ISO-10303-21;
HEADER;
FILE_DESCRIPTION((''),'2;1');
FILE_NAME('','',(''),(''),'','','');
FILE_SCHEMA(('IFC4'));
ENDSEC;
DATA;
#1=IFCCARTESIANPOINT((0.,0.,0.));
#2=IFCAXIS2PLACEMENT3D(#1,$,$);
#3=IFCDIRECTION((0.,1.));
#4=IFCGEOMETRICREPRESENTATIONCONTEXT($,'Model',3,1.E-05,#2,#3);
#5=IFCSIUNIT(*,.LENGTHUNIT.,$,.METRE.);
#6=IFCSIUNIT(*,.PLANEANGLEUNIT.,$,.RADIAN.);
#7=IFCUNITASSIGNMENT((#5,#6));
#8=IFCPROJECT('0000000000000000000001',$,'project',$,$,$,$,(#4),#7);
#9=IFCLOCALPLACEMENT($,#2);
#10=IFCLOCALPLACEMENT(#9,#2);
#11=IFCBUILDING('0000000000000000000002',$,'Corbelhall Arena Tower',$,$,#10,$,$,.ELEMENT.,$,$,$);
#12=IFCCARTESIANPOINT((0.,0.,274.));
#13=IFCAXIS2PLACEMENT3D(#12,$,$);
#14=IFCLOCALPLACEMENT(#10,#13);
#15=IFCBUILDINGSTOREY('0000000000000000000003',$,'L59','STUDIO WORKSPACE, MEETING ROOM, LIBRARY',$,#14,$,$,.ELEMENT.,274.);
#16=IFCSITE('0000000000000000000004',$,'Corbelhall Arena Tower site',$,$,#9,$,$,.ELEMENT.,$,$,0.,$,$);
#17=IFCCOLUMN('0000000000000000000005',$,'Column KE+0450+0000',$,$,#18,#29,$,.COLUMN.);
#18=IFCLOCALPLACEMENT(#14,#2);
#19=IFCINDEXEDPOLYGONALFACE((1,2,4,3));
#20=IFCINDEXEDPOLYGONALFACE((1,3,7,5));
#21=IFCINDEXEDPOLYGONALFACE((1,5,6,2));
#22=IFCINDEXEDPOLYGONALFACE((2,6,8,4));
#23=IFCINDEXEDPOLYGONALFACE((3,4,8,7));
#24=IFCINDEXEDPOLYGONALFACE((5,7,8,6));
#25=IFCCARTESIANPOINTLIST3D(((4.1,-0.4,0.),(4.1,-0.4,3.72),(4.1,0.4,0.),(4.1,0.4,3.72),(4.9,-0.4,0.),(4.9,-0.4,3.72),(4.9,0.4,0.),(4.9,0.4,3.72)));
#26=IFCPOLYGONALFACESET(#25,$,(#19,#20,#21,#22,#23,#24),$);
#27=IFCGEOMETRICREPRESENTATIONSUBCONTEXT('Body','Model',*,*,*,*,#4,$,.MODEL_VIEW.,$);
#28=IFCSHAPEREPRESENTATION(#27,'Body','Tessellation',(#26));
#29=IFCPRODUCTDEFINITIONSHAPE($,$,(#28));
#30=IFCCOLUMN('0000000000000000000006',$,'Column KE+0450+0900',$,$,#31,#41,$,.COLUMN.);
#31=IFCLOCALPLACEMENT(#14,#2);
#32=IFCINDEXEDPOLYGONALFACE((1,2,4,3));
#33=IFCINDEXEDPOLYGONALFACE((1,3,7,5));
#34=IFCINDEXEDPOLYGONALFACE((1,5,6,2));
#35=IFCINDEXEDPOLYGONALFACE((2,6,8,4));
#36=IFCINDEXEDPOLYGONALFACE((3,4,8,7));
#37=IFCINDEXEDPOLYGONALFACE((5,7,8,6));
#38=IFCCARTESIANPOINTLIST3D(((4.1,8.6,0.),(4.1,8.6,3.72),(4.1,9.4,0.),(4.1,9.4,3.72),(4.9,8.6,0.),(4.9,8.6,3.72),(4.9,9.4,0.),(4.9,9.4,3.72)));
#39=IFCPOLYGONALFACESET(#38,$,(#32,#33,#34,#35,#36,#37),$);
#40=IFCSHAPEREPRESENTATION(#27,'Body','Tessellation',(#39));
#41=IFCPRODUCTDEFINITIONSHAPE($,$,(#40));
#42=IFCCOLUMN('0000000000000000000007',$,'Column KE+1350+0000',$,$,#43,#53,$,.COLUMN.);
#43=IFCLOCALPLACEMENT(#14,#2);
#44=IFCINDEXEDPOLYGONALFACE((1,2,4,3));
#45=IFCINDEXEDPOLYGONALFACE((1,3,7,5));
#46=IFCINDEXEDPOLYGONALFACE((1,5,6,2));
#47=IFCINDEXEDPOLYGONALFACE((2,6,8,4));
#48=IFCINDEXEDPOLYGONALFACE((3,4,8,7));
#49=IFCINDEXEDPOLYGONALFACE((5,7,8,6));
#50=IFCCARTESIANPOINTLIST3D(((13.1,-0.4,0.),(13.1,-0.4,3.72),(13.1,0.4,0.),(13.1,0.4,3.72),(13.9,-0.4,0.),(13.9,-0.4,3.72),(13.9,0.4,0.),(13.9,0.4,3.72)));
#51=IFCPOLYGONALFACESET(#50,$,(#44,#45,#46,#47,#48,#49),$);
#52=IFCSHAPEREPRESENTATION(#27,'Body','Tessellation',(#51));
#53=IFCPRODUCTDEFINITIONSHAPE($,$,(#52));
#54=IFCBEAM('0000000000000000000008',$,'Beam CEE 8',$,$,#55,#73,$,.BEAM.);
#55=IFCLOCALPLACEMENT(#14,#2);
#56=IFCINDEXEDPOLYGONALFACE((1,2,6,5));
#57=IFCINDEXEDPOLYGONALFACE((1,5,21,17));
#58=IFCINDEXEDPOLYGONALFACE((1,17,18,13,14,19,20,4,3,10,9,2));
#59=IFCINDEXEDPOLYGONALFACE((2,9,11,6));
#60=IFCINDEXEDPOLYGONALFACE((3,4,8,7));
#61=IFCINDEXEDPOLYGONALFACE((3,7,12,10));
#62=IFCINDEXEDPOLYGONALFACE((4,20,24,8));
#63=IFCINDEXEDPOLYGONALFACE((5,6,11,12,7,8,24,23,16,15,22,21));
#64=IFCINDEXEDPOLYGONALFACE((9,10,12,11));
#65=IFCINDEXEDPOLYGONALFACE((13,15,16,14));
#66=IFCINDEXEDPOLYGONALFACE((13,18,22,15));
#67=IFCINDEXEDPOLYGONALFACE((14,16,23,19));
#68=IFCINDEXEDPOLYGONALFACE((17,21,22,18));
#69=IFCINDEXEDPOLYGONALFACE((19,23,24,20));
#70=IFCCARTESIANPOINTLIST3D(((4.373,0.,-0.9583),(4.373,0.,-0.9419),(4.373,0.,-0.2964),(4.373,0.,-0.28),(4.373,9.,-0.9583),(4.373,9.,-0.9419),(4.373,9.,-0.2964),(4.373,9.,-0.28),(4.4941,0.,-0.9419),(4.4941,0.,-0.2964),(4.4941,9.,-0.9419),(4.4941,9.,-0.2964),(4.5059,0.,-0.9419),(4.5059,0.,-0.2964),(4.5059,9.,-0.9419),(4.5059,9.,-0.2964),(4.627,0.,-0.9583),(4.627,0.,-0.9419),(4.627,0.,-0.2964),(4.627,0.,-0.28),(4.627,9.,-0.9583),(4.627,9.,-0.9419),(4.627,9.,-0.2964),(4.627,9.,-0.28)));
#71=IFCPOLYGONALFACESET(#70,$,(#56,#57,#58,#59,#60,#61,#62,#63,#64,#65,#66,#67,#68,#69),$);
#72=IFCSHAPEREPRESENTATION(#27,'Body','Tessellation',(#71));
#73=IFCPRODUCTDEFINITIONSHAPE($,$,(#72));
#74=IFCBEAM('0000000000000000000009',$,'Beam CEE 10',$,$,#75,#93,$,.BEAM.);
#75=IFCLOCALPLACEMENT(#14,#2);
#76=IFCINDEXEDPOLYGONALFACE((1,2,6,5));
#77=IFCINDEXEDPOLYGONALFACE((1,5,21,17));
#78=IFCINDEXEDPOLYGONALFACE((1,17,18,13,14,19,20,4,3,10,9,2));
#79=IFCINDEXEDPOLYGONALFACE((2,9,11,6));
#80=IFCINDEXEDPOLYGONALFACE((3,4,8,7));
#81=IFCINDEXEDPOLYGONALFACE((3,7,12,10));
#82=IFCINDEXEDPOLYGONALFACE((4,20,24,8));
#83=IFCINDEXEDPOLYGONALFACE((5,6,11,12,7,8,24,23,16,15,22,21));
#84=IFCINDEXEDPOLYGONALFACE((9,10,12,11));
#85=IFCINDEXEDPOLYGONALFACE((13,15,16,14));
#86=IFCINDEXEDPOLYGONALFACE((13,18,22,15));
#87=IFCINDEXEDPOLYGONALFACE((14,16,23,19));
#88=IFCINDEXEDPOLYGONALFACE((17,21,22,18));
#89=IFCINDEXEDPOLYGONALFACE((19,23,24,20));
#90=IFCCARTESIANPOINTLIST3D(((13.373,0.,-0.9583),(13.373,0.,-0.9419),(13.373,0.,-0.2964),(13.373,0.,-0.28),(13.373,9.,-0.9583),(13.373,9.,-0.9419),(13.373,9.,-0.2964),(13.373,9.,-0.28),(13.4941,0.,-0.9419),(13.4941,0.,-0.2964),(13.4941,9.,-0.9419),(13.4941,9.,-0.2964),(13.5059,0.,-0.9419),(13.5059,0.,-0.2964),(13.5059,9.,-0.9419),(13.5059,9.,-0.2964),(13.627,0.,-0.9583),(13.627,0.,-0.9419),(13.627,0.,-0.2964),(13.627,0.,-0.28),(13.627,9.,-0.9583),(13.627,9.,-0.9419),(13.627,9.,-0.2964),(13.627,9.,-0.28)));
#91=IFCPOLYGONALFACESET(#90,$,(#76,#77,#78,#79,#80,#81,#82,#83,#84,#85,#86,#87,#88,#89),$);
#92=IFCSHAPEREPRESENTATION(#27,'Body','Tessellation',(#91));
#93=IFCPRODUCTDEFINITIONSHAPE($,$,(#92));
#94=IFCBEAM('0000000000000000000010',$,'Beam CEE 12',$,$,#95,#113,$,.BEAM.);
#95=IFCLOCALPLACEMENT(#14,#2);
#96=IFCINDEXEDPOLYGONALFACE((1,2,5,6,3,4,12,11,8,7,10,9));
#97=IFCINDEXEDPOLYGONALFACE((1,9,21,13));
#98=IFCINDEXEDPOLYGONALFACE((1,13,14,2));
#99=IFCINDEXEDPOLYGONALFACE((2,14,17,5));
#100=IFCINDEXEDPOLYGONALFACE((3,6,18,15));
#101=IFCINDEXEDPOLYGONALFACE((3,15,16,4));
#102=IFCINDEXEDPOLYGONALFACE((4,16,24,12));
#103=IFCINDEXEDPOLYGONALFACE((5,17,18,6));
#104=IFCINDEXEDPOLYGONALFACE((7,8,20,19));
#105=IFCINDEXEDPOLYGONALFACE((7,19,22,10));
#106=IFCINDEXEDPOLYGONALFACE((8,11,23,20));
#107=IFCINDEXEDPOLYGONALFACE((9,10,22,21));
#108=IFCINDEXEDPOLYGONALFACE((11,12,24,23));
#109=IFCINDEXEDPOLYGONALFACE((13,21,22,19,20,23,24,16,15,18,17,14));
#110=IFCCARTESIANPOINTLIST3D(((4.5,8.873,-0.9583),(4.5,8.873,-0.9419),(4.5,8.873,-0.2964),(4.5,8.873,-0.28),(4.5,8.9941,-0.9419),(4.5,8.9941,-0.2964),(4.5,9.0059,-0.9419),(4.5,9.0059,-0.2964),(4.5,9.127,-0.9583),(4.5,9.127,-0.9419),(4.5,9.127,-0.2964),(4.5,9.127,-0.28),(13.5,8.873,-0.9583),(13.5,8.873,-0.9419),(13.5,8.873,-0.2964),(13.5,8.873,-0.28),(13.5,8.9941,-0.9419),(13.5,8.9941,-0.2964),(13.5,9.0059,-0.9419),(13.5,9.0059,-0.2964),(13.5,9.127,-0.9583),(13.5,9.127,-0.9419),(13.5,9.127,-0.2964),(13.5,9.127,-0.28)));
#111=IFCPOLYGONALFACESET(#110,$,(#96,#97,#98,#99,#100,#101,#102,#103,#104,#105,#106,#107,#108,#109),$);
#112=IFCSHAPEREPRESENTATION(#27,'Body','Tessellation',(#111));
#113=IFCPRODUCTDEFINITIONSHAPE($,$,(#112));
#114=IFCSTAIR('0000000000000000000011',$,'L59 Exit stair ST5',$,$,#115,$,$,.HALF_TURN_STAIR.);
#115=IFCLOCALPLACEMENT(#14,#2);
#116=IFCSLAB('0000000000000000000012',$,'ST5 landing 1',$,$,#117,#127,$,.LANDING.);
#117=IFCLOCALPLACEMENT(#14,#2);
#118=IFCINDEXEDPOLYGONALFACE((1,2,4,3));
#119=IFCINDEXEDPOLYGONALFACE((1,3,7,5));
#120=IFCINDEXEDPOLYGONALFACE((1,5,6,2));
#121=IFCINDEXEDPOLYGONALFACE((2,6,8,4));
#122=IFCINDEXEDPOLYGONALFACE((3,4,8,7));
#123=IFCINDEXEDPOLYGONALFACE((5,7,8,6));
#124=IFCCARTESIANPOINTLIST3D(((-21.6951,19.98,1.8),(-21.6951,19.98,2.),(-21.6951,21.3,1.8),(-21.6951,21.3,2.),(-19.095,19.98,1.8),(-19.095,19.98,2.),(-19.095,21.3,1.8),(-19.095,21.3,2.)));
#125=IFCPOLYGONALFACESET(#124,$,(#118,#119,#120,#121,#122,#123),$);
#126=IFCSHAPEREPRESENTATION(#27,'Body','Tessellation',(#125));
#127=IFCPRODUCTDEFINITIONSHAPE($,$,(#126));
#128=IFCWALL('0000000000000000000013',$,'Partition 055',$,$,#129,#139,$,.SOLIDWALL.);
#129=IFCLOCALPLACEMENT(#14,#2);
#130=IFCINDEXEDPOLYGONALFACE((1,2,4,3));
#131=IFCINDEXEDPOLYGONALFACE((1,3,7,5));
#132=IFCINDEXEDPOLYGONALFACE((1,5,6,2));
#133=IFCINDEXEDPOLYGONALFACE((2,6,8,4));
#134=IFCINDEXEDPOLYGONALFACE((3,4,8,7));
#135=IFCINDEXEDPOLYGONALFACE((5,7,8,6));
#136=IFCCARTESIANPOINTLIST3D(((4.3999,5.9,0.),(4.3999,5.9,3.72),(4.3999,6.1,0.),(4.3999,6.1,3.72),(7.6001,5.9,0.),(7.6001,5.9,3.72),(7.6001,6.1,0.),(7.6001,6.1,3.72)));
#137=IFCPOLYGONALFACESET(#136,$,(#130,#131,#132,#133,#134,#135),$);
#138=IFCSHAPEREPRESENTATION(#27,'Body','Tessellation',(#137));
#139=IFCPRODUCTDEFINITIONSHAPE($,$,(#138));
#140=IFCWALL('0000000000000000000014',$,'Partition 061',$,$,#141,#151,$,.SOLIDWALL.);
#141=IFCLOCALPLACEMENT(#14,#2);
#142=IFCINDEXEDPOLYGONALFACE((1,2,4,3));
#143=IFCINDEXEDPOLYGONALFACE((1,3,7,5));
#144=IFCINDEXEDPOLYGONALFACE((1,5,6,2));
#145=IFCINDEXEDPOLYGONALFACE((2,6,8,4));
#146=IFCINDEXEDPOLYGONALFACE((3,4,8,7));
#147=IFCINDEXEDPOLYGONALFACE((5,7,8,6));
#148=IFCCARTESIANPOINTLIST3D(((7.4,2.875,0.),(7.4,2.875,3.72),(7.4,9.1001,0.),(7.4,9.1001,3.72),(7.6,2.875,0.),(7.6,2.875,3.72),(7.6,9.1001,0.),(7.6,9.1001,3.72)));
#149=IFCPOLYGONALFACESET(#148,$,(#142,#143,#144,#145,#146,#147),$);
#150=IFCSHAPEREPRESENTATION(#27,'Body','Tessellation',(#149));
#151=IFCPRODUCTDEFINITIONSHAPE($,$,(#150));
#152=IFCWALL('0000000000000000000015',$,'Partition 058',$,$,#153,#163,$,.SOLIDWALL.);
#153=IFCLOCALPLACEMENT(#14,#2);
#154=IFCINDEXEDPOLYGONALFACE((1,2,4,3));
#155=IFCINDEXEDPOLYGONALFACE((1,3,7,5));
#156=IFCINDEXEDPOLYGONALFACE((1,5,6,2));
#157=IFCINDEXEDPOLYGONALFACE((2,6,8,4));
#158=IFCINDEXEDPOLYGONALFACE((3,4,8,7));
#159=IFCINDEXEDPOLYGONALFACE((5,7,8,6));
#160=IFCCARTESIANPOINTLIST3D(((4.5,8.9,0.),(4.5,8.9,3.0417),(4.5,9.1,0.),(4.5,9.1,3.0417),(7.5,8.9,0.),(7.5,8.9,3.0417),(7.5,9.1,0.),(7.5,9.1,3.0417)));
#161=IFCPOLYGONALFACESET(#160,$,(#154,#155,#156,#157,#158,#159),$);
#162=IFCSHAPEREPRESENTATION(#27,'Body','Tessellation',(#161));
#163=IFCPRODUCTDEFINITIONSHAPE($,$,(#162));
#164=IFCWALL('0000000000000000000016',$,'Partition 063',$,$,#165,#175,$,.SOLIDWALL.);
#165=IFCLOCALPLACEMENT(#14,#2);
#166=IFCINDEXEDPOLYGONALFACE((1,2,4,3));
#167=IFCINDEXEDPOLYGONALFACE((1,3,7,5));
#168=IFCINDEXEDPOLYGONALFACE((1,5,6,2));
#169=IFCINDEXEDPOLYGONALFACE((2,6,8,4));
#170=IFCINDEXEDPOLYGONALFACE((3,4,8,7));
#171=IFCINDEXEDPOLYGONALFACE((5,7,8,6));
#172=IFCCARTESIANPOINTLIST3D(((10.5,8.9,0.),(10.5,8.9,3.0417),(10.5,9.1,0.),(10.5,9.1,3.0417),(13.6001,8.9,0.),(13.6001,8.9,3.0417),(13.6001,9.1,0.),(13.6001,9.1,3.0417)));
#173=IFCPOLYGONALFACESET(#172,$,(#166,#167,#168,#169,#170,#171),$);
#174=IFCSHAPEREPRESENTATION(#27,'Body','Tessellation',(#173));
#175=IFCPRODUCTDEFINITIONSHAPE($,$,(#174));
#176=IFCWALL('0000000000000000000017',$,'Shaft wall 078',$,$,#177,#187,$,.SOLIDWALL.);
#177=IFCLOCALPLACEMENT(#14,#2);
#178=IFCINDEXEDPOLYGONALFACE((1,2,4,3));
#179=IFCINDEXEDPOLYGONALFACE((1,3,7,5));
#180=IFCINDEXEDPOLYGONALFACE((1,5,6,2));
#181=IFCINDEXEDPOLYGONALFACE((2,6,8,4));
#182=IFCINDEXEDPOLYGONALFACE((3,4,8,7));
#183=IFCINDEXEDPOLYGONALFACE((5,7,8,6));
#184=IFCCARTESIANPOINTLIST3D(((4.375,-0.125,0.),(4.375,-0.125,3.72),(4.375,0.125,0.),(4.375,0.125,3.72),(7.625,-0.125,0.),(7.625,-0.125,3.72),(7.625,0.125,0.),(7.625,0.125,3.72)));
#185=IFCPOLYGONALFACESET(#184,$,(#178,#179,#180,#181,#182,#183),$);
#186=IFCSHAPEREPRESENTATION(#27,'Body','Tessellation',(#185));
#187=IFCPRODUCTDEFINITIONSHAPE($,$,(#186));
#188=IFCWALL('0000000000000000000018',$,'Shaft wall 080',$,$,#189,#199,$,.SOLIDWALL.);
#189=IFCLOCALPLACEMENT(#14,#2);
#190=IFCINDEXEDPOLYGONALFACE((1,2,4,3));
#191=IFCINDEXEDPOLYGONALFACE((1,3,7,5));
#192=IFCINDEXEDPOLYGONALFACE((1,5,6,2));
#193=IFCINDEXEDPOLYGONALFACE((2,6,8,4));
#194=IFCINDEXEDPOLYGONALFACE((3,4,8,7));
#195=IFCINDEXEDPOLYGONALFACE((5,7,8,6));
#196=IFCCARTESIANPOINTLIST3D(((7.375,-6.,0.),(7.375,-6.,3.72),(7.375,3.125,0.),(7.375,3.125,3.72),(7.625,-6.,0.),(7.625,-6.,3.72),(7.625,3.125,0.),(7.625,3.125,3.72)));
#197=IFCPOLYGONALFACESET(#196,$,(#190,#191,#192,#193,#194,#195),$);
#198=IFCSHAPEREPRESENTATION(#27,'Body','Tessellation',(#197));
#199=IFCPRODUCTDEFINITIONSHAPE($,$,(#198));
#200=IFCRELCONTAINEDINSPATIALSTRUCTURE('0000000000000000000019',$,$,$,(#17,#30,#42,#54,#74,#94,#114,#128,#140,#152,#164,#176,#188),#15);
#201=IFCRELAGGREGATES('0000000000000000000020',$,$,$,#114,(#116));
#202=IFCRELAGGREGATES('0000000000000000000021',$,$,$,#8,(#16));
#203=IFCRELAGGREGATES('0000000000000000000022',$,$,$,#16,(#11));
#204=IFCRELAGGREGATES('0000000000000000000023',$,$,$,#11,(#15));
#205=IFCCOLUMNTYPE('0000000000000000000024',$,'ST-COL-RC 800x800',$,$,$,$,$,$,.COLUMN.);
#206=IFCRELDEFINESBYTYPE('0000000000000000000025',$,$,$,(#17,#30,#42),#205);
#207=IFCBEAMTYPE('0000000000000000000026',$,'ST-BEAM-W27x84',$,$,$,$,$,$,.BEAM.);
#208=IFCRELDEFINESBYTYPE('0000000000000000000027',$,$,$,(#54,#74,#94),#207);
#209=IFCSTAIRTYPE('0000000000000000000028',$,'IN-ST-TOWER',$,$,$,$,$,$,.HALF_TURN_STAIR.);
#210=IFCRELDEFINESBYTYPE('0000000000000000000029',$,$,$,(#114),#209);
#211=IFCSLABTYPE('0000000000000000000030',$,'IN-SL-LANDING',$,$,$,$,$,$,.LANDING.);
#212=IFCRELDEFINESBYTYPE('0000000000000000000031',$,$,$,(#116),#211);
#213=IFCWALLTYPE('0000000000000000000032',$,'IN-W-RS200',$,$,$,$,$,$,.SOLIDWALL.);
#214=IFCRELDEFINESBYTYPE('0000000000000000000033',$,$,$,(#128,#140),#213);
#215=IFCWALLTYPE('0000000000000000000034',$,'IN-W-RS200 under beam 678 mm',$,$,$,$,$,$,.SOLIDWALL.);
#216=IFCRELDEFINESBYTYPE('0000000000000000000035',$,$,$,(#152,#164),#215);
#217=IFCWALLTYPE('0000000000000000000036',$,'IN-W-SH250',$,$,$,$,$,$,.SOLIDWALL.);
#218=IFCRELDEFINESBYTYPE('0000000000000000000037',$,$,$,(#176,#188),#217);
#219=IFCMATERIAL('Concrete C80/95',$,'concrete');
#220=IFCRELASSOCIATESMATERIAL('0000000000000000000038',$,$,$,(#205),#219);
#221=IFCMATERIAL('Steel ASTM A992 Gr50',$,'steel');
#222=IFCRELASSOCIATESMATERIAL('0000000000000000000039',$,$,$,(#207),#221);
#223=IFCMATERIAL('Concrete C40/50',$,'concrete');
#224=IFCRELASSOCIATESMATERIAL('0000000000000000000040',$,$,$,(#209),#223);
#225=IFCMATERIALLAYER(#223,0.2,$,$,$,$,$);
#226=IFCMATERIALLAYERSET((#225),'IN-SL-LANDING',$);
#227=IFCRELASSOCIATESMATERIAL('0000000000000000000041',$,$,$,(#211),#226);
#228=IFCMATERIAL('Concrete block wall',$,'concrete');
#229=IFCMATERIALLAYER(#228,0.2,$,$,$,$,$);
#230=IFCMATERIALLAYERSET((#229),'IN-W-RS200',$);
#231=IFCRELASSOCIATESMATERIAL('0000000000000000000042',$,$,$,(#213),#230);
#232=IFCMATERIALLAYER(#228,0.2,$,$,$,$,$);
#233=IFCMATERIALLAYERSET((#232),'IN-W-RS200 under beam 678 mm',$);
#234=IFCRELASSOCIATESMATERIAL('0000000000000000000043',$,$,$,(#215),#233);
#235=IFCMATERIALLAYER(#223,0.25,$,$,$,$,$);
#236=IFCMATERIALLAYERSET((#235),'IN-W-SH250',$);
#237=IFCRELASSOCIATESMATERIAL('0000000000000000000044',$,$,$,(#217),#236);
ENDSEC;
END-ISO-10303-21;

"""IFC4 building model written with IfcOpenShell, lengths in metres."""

from ifc_helpers import new_model, si_unit, direction, frame, frame_2d, origin, origin_2d, place, context, subcontext, project, spatial, polyline, rectangle, i_section, outline, extrude, material, layer, layer_set, material_profile, profile_set, type_object, element, aggregate, save


model = new_model("IFC4")

# Units and contexts
model_context = context("Model", 3, precision=1e-05, world=origin(), true_north=direction((0.0, 1.0)))
body_context = subcontext(model_context, "Body", "Model", "MODEL_VIEW")
ifc_project = project(units=[si_unit("LENGTHUNIT", "METRE"), si_unit("PLANEANGLEUNIT", "RADIAN")], contexts=[model_context])

# Site, building, storey
site_placement = place(None, origin())
site = spatial("IfcSite", under=ifc_project, at=site_placement, Name="Corbelhall Arena Tower site", CompositionType="ELEMENT", RefElevation=0.0)
building_placement = place(site_placement, origin())
building = spatial("IfcBuilding", under=site, at=building_placement, Name="Corbelhall Arena Tower", CompositionType="ELEMENT")
storey_placement = place(building_placement, frame((0.0, 0.0, 274.0)))
storey = spatial("IfcBuildingStorey", under=building, at=storey_placement, Name="L59", Description="STUDIO WORKSPACE, MEETING ROOM, LIBRARY", CompositionType="ELEMENT", Elevation=274.0)

# Columns
ifc_material_1 = material(Name="Concrete C80/95", Category="concrete")
ifc_material_profile_1 = material_profile(ifc_material_1, rectangle(XDim=0.8, YDim=0.8, at=origin_2d()))
ifc_profile_set_1 = profile_set([ifc_material_profile_1], Name="Concrete C80/95")
column_type = type_object("IfcColumnType", Name="ST-COL-RC 800x800", PredefinedType="COLUMN", material=ifc_profile_set_1)
for number, where, z_axis, x_axis, name in (
    (1, (4.5, 0.0, 0.0), (0.0, 0.0, 1.0), (1.0, 0.0, 0.0), "Column KE+0450+0000"),
    (2, (4.5, 9.0, 0.0), (0.0, 0.0, 1.0), (1.0, 0.0, 0.0), "Column KE+0450+0900"),
    (3, (13.5, 0.0, 0.0), (0.0, 0.0, 1.0), (1.0, 0.0, 0.0), "Column KE+1350+0000"),
):
    element("IfcColumn", number, at=place(storey_placement, frame(where, z_axis=z_axis, x_axis=x_axis)), inside=storey, type_object=column_type, Name=name, PredefinedType="COLUMN", context=body_context, shape_type="SweptSolid", body=[
        extrude(rectangle(XDim=0.8, YDim=0.8, at=origin_2d()), origin(), (0.0, 0.0, 1.0), 3.72),
    ])

# Beams
ifc_material_2 = material(Name="Steel ASTM A992 Gr50", Category="steel")
ifc_material_profile_2 = material_profile(ifc_material_2, i_section(OverallWidth=0.2539, OverallDepth=0.6782, WebThickness=0.0117, FlangeThickness=0.0164, at=origin_2d()))
ifc_profile_set_2 = profile_set([ifc_material_profile_2], Name="Steel ASTM A992 Gr50")
beam_type = type_object("IfcBeamType", Name="ST-BEAM-W27x84", PredefinedType="BEAM", material=ifc_profile_set_2)
for number, where, z_axis, x_axis, name in (
    (4, (4.5, 0.0, -0.6191), (0.0, 1.0, 0.0), (-1.0, 0.0, 0.0), "Beam CEE 8"),
    (5, (13.5, 0.0, -0.6191), (0.0, 1.0, 0.0), (-1.0, 0.0, 0.0), "Beam CEE 10"),
    (6, (4.5, 9.0, -0.6191), (1.0, 0.0, 0.0), (0.0, 1.0, 0.0), "Beam CEE 12"),
):
    element("IfcBeam", number, at=place(storey_placement, frame(where, z_axis=z_axis, x_axis=x_axis)), inside=storey, type_object=beam_type, Name=name, PredefinedType="BEAM", context=body_context, shape_type="SweptSolid", body=[
        extrude(i_section(OverallWidth=0.2539, OverallDepth=0.6782, WebThickness=0.0117, FlangeThickness=0.0164, at=origin_2d()), origin(), (0.0, 0.0, 1.0), 9.0),
    ])

# Stair, slab
ifc_material_3 = material(Name="Concrete C40/50", Category="concrete")
stair_type = type_object("IfcStairType", Name="IN-ST-TOWER", PredefinedType="HALF_TURN_STAIR", material=ifc_material_3)
stair_placement = place(storey_placement, origin())
stair = element("IfcStair", 7, at=stair_placement, inside=storey, type_object=stair_type, Name="L59 Exit stair ST5", PredefinedType="HALF_TURN_STAIR")
ifc_layer_1 = layer(ifc_material_3, 0.2)
ifc_layer_set_1 = layer_set([ifc_layer_1], Name="IN-SL-LANDING")
slab_type = type_object("IfcSlabType", Name="IN-SL-LANDING", PredefinedType="LANDING", material=ifc_layer_set_1)
slab_placement = place(storey_placement, frame((0.0, 0.0, 1.8)))
slab = element("IfcSlab", 8, at=slab_placement, type_object=slab_type, Name="ST5 landing 1", PredefinedType="LANDING", context=body_context, shape_type="SweptSolid", body=[
    extrude(outline(polyline([(-19.095, 19.98), (-19.095, 21.3), (-21.6951, 21.3), (-21.6951, 19.98), (-19.095, 19.98)])), origin(), (0.0, 0.0, 1.0), 0.2),
])
aggregate(stair, [slab])

# Walls
ifc_material_4 = material(Name="Concrete block wall", Category="concrete")
ifc_layer_2 = layer(ifc_material_4, 0.2)
ifc_layer_set_2 = layer_set([ifc_layer_2], Name="IN-W-RS200")
wall_type_1 = type_object("IfcWallType", Name="IN-W-RS200", PredefinedType="SOLIDWALL", material=ifc_layer_set_2)
wall_1_placement = place(storey_placement, frame((4.3999, 6.0, 0.0), z_axis=(0.0, 0.0, 1.0), x_axis=(1.0, 0.0, 0.0)))
element("IfcWall", 9, at=wall_1_placement, inside=storey, type_object=wall_type_1, Name="Partition 055", PredefinedType="SOLIDWALL", context=body_context, shape_type="SweptSolid", body=[
    extrude(rectangle(XDim=3.2002, YDim=0.2, at=frame_2d((1.6001, 0.0))), origin(), (0.0, 0.0, 1.0), 3.72),
])
wall_2_placement = place(storey_placement, frame((7.5, 9.1001, 0.0), z_axis=(0.0, 0.0, 1.0), x_axis=(0.0, -1.0, 0.0)))
element("IfcWall", 10, at=wall_2_placement, inside=storey, type_object=wall_type_1, Name="Partition 061", PredefinedType="SOLIDWALL", context=body_context, shape_type="SweptSolid", body=[
    extrude(rectangle(XDim=6.2251, YDim=0.2, at=frame_2d((3.1125, 0.0))), origin(), (0.0, 0.0, 1.0), 3.72),
])

# Shared definitions
ifc_layer_3 = layer(ifc_material_4, 0.2)
ifc_layer_set_3 = layer_set([ifc_layer_3], Name="IN-W-RS200 under beam 678 mm")
wall_type_2 = type_object("IfcWallType", Name="IN-W-RS200 under beam 678 mm", PredefinedType="SOLIDWALL", material=ifc_layer_set_3)

# Walls
wall_3_placement = place(storey_placement, frame((4.5, 9.0, 0.0), z_axis=(0.0, 0.0, 1.0), x_axis=(1.0, 0.0, 0.0)))
element("IfcWall", 11, at=wall_3_placement, inside=storey, type_object=wall_type_2, Name="Partition 058", PredefinedType="SOLIDWALL", context=body_context, shape_type="SweptSolid", body=[
    extrude(rectangle(XDim=3.0, YDim=0.2, at=frame_2d((1.5, 0.0))), origin(), (0.0, 0.0, 1.0), 3.0417),
])
wall_4_placement = place(storey_placement, frame((10.5, 9.0, 0.0), z_axis=(0.0, 0.0, 1.0), x_axis=(1.0, 0.0, 0.0)))
element("IfcWall", 12, at=wall_4_placement, inside=storey, type_object=wall_type_2, Name="Partition 063", PredefinedType="SOLIDWALL", context=body_context, shape_type="SweptSolid", body=[
    extrude(rectangle(XDim=3.1001, YDim=0.2, at=frame_2d((1.55, 0.0))), origin(), (0.0, 0.0, 1.0), 3.0417),
])
ifc_layer_4 = layer(ifc_material_3, 0.25)
ifc_layer_set_4 = layer_set([ifc_layer_4], Name="IN-W-SH250")
wall_type_3 = type_object("IfcWallType", Name="IN-W-SH250", PredefinedType="SOLIDWALL", material=ifc_layer_set_4)
wall_5_placement = place(storey_placement, frame((4.375, 0.0, 0.0), z_axis=(0.0, 0.0, 1.0), x_axis=(1.0, 0.0, 0.0)))
element("IfcWall", 13, at=wall_5_placement, inside=storey, type_object=wall_type_3, Name="Shaft wall 078", PredefinedType="SOLIDWALL", context=body_context, shape_type="SweptSolid", body=[
    extrude(rectangle(XDim=3.25, YDim=0.25, at=frame_2d((1.625, 0.0))), origin(), (0.0, 0.0, 1.0), 3.72),
])
wall_6_placement = place(storey_placement, frame((7.5, 3.125, 0.0), z_axis=(0.0, 0.0, 1.0), x_axis=(0.0, -1.0, 0.0)))
element("IfcWall", 14, at=wall_6_placement, inside=storey, type_object=wall_type_3, Name="Shaft wall 080", PredefinedType="SOLIDWALL", context=body_context, shape_type="SweptSolid", body=[
    extrude(rectangle(XDim=9.125, YDim=0.25, at=frame_2d((4.5625, 0.0))), origin(), (0.0, 0.0, 1.0), 3.72),
])

save(model, "model.ifc")
